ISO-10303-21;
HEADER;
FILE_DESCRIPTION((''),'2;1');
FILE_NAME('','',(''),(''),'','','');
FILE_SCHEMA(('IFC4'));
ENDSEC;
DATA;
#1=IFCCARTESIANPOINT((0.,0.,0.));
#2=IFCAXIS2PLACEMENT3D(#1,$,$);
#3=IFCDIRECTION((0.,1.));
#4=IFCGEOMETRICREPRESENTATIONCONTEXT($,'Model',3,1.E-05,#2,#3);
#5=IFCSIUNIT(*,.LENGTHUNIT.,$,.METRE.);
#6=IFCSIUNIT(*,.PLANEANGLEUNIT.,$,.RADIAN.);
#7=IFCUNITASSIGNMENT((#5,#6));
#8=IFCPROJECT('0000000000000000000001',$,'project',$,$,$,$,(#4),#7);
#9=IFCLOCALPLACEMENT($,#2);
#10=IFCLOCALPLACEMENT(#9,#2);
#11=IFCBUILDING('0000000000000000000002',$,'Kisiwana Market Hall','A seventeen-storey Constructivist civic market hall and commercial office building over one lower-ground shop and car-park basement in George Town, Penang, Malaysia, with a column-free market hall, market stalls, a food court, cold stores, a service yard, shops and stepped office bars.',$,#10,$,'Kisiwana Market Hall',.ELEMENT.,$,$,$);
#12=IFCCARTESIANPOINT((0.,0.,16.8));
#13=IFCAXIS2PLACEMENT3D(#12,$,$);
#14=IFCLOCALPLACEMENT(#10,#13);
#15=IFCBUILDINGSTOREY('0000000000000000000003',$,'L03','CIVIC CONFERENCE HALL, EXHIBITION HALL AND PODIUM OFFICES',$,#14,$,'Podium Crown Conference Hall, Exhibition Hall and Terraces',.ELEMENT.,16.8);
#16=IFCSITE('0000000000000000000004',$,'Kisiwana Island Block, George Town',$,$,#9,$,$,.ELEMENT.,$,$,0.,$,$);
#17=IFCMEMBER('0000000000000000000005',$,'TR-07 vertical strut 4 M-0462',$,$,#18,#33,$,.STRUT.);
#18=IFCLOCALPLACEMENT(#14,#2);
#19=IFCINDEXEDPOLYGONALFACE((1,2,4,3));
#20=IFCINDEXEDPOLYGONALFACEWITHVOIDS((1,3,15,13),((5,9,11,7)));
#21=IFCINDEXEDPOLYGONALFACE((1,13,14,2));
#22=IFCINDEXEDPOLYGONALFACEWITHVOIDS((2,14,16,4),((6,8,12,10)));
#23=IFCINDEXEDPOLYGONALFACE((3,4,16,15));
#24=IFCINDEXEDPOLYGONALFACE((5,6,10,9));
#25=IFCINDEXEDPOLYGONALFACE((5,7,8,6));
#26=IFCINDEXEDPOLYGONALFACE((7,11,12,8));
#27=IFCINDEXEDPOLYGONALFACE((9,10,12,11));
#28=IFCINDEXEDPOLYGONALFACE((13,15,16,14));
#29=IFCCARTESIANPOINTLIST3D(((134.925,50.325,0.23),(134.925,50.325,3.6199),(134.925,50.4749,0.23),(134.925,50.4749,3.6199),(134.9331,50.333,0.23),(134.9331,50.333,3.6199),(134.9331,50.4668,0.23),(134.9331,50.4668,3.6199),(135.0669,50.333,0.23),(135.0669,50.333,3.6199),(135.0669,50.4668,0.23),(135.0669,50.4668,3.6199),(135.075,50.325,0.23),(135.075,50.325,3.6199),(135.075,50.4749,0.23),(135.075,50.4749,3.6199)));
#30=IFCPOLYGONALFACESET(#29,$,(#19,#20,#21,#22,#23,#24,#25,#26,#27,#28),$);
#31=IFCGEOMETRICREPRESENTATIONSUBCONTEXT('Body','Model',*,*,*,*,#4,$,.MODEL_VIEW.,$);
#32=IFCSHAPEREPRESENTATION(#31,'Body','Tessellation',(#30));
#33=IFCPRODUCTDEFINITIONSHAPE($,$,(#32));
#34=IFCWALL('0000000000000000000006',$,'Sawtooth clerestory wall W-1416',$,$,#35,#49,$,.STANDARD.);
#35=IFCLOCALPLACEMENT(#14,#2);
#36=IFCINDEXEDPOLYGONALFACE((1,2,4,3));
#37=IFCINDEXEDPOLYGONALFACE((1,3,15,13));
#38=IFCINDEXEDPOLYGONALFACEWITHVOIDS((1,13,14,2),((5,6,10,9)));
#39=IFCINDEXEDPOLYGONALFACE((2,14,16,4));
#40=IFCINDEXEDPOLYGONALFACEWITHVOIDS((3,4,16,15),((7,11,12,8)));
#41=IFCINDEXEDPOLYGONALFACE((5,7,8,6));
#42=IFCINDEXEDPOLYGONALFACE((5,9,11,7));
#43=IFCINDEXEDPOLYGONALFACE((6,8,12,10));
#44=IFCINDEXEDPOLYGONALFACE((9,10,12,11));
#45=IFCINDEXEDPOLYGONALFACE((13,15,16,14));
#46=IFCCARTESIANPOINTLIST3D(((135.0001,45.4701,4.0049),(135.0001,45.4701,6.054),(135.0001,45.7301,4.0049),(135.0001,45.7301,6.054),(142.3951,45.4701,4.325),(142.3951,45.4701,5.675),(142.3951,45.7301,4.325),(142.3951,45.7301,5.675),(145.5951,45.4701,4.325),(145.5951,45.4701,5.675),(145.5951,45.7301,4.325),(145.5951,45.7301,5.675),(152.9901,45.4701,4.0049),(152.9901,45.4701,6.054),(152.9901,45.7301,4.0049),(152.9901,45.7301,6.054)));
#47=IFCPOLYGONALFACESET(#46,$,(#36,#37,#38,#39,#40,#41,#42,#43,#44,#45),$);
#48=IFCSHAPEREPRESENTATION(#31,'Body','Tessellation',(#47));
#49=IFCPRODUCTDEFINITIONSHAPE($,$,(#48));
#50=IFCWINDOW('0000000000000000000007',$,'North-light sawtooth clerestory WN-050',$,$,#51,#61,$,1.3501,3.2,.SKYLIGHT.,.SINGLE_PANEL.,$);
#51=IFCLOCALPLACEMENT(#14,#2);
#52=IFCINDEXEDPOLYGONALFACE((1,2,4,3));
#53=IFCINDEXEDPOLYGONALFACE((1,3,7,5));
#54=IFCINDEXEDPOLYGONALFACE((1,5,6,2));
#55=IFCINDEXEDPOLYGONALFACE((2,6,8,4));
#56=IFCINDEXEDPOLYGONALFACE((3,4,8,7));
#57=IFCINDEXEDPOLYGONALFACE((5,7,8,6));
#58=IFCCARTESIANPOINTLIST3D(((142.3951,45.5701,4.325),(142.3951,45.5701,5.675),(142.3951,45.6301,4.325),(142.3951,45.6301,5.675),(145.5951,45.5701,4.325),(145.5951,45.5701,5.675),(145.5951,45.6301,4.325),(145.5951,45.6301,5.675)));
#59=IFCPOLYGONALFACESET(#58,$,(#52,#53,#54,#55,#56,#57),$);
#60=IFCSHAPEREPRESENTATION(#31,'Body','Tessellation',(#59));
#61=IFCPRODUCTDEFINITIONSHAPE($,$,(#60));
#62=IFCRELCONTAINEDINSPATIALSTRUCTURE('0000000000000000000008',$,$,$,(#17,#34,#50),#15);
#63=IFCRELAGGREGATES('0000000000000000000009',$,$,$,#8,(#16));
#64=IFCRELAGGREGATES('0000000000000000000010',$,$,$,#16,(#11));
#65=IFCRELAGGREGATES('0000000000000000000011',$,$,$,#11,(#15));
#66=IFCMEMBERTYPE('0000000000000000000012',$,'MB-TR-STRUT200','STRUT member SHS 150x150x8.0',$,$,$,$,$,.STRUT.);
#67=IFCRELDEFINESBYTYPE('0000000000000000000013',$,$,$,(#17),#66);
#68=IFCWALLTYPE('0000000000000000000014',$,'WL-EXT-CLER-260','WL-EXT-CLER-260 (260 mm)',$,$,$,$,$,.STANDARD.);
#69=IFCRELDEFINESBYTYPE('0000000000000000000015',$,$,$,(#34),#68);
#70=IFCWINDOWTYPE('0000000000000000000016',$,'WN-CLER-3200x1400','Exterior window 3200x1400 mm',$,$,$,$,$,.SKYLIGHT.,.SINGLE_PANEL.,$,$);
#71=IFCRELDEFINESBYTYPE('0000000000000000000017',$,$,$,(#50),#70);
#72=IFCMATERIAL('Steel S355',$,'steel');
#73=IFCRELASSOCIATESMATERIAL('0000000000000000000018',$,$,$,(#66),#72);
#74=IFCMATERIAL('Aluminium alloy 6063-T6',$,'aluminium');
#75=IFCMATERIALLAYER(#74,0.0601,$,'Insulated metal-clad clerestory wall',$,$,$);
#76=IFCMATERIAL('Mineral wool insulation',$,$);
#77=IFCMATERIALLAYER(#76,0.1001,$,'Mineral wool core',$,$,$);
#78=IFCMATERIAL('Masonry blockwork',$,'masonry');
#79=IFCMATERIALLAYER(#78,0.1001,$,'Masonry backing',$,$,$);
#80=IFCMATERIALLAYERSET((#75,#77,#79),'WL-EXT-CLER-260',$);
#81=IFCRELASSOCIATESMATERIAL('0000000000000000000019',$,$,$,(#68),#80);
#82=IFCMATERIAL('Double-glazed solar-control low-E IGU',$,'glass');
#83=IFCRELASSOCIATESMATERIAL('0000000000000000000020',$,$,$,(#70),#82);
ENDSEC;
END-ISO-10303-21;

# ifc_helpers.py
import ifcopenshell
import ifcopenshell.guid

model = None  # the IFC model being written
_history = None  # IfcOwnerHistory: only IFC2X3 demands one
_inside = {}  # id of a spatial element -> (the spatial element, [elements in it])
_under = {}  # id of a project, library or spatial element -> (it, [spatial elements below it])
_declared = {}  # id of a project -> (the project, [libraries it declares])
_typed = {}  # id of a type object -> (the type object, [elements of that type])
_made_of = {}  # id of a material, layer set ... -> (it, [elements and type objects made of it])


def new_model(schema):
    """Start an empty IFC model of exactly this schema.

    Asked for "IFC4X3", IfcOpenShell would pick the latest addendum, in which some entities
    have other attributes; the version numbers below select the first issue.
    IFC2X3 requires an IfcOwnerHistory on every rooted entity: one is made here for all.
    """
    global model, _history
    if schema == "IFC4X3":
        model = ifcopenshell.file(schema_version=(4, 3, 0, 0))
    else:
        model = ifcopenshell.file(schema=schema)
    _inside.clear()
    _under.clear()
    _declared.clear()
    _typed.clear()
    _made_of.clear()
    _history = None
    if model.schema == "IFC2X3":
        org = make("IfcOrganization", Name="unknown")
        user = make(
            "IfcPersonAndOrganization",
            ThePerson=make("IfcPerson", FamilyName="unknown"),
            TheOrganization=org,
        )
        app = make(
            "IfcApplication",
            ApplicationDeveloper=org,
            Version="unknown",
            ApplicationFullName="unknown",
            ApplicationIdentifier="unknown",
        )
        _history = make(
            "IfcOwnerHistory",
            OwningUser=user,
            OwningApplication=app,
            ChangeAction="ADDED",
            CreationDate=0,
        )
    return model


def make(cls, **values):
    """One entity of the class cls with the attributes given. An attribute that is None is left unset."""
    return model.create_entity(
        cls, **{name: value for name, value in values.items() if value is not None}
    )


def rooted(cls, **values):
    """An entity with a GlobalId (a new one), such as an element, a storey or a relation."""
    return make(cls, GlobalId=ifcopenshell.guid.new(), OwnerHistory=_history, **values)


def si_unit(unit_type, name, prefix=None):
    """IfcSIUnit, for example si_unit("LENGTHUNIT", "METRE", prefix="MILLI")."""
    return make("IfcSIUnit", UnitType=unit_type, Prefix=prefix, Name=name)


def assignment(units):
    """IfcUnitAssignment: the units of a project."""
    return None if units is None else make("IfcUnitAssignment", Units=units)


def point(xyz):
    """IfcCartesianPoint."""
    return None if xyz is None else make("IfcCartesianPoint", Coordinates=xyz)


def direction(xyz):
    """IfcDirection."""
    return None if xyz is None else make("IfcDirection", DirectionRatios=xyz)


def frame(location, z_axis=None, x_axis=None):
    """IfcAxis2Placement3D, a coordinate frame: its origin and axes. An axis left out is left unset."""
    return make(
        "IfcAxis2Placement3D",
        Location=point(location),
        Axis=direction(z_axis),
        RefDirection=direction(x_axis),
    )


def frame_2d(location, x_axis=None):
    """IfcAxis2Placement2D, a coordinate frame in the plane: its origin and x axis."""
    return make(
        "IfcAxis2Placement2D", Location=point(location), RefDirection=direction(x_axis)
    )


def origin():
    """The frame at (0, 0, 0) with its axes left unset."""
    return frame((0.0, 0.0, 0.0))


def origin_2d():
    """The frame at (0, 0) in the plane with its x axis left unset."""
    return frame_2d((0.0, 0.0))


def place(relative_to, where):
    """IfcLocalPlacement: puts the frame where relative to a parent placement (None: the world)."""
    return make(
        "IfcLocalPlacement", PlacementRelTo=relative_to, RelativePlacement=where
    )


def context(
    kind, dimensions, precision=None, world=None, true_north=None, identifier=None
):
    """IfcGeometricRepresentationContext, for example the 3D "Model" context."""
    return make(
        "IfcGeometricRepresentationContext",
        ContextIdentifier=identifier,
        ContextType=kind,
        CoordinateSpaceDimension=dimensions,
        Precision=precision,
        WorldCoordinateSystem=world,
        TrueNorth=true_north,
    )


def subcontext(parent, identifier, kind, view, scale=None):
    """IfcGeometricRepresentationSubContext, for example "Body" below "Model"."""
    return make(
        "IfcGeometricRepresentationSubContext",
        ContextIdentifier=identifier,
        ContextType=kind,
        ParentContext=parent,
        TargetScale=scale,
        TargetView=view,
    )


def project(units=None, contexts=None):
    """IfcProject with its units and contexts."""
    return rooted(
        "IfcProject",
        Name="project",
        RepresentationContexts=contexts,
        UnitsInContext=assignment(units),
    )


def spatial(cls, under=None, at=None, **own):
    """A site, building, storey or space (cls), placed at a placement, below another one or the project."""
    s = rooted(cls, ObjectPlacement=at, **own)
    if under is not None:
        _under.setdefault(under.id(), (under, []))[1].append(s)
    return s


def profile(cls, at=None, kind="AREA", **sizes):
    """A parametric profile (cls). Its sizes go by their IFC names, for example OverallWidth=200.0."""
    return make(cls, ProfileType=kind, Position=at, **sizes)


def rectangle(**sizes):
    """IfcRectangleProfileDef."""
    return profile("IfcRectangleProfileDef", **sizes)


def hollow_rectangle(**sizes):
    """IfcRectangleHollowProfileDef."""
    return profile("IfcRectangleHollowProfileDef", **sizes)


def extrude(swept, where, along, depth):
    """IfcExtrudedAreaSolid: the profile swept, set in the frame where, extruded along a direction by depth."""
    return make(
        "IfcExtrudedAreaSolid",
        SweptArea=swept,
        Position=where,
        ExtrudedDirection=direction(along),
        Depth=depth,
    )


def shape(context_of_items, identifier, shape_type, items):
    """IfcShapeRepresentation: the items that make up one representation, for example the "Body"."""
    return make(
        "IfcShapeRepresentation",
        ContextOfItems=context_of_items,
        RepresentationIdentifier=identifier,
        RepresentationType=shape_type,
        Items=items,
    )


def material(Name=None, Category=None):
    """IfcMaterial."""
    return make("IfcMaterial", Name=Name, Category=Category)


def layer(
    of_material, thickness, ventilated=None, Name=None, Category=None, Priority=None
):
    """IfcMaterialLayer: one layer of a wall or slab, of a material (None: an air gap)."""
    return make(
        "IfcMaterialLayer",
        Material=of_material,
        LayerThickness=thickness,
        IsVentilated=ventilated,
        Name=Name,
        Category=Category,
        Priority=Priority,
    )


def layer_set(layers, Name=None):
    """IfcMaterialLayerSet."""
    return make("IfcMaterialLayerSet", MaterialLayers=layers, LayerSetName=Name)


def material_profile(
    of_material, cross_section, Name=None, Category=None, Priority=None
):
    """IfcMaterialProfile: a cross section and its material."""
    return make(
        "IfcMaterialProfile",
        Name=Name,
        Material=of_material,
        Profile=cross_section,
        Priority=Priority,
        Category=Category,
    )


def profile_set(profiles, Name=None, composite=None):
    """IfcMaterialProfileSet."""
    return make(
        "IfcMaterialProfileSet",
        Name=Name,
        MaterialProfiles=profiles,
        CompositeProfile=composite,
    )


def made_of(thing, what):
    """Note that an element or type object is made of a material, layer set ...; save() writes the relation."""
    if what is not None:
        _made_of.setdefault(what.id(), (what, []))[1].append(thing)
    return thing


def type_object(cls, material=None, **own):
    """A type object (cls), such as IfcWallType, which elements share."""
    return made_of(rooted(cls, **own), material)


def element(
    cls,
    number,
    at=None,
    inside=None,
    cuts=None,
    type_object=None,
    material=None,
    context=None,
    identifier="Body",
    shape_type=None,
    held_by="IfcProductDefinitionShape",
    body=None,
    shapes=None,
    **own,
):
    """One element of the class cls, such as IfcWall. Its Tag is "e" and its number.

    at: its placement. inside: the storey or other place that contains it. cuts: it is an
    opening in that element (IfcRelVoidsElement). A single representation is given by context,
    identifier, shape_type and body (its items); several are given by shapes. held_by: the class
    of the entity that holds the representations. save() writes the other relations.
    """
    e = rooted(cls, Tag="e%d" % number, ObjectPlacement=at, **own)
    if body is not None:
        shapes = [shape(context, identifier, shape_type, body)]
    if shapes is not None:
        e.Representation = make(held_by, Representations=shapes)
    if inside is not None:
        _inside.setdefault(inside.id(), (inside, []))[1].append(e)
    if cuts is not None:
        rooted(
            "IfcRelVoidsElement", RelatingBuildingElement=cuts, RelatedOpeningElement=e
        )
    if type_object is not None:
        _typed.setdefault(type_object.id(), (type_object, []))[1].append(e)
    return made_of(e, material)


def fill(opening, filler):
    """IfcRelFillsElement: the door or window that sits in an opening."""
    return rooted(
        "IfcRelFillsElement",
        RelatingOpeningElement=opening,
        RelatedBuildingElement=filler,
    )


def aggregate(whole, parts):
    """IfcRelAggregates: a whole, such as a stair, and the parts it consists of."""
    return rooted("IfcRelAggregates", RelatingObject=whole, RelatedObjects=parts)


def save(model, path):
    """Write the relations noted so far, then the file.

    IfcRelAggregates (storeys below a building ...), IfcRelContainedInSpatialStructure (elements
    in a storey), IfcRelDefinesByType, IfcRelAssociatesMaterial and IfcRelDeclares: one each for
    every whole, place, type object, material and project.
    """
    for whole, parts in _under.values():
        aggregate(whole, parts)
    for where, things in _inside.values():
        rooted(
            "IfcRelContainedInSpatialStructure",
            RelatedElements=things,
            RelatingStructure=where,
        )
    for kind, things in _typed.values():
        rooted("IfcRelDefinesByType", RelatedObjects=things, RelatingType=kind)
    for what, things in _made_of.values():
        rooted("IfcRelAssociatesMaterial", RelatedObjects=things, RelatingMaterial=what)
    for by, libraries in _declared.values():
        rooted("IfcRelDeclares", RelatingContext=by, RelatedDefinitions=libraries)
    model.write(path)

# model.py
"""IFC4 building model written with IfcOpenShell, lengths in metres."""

from ifc_helpers import new_model, si_unit, direction, frame, frame_2d, origin, origin_2d, place, context, subcontext, project, spatial, rectangle, hollow_rectangle, extrude, material, layer, layer_set, material_profile, profile_set, type_object, element, fill, save


model = new_model("IFC4")

# Units and contexts
model_context = context("Model", 3, precision=1e-05, world=origin(), true_north=direction((0.0, 1.0)))
body_context = subcontext(model_context, "Body", "Model", "MODEL_VIEW")
ifc_project = project(units=[si_unit("LENGTHUNIT", "METRE"), si_unit("PLANEANGLEUNIT", "RADIAN")], contexts=[model_context])

# Site, building, storey
site_placement = place(None, origin())
site = spatial("IfcSite", under=ifc_project, at=site_placement, Name="Kisiwana Island Block, George Town", CompositionType="ELEMENT", RefElevation=0.0)
building_placement = place(site_placement, origin())
building = spatial("IfcBuilding", under=site, at=building_placement, Name="Kisiwana Market Hall", Description="A seventeen-storey Constructivist civic market hall and commercial office building over one lower-ground shop and car-park basement in George Town, Penang, Malaysia, with a column-free market hall, market stalls, a food court, cold stores, a service yard, shops and stepped office bars.", LongName="Kisiwana Market Hall", CompositionType="ELEMENT")
storey_placement = place(building_placement, frame((0.0, 0.0, 16.8)))
storey = spatial("IfcBuildingStorey", under=building, at=storey_placement, Name="L03", Description="CIVIC CONFERENCE HALL, EXHIBITION HALL AND PODIUM OFFICES", LongName="Podium Crown Conference Hall, Exhibition Hall and Terraces", CompositionType="ELEMENT", Elevation=16.8)

# Member
ifc_material_1 = material(Name="Steel S355", Category="steel")
ifc_material_profile_1 = material_profile(ifc_material_1, hollow_rectangle(XDim=0.1499, YDim=0.1499, WallThickness=0.0081, at=origin_2d()), Name="SHS 150x150x8.0")
ifc_profile_set_1 = profile_set([ifc_material_profile_1], Name="Steel S355")
member_type_1 = type_object("IfcMemberType", Name="MB-TR-STRUT200", Description="STRUT member SHS 150x150x8.0", PredefinedType="STRUT", material=ifc_profile_set_1)
for number, where, z_axis, x_axis, name in (
    (1, (135.0, 50.3999, 0.23), (0.0, 0.0, 1.0), (1.0, 0.0, 0.0), "TR-07 vertical strut 4 M-0462"),
):
    element("IfcMember", number, at=place(storey_placement, frame(where, z_axis=z_axis, x_axis=x_axis)), inside=storey, type_object=member_type_1, Name=name, PredefinedType="STRUT", context=body_context, shape_type="SweptSolid", body=[
        extrude(hollow_rectangle(XDim=0.1499, YDim=0.1499, WallThickness=0.0081, at=origin_2d()), origin(), (0.0, 0.0, 1.0), 3.3899),
    ])

# Wall, opening, window
ifc_material_2 = material(Name="Aluminium alloy 6063-T6", Category="aluminium")
ifc_layer_1 = layer(ifc_material_2, 0.0601, Name="Insulated metal-clad clerestory wall")
ifc_material_3 = material(Name="Mineral wool insulation")
ifc_layer_2 = layer(ifc_material_3, 0.1001, Name="Mineral wool core")
ifc_material_4 = material(Name="Masonry blockwork", Category="masonry")
ifc_layer_3 = layer(ifc_material_4, 0.1001, Name="Masonry backing")
ifc_layer_set = layer_set([ifc_layer_1, ifc_layer_2, ifc_layer_3], Name="WL-EXT-CLER-260")
wall_type = type_object("IfcWallType", Name="WL-EXT-CLER-260", Description="WL-EXT-CLER-260 (260 mm)", PredefinedType="STANDARD", material=ifc_layer_set)
wall_placement = place(storey_placement, frame((135.0, 45.6001, 4.0049), z_axis=(0.0, 0.0, 1.0), x_axis=(1.0, 0.0, 0.0)))
wall = element("IfcWall", 2, at=wall_placement, inside=storey, type_object=wall_type, Name="Sawtooth clerestory wall W-1416", PredefinedType="STANDARD", context=body_context, shape_type="SweptSolid", body=[
    extrude(rectangle(XDim=17.99, YDim=0.26, at=frame_2d((8.9951, 0.0))), origin(), (0.0, 0.0, 1.0), 2.0491),
])
opening_placement = place(wall_placement, frame((7.395, 0.0, 0.3201)))
opening = element("IfcOpeningElement", 3, at=opening_placement, cuts=wall, PredefinedType="OPENING", context=body_context, shape_type="SweptSolid", body=[
    extrude(rectangle(XDim=3.2, YDim=1.3501, at=frame_2d((1.6001, 0.675))), frame((0.0, 0.1421, 0.0), z_axis=(0.0, -1.0, 0.0), x_axis=(1.0, 0.0, 0.0)), (0.0, 0.0, 1.0), 0.2839),
])
ifc_material_5 = material(Name="Double-glazed solar-control low-E IGU", Category="glass")
window_type = type_object("IfcWindowType", Name="WN-CLER-3200x1400", Description="Exterior window 3200x1400 mm", PartitioningType="SINGLE_PANEL", PredefinedType="SKYLIGHT", material=ifc_material_5)
window_placement = place(opening_placement, origin())
window = element("IfcWindow", 4, at=window_placement, inside=storey, type_object=window_type, Name="North-light sawtooth clerestory WN-050", OverallHeight=1.3501, OverallWidth=3.2, PartitioningType="SINGLE_PANEL", PredefinedType="SKYLIGHT", context=body_context, shape_type="SweptSolid", body=[
    extrude(rectangle(XDim=3.2, YDim=1.3501, at=frame_2d((1.6001, 0.675))), frame((0.0, 0.03, 0.0), z_axis=(0.0, -1.0, 0.0), x_axis=(1.0, 0.0, 0.0)), (0.0, 0.0, 1.0), 0.0601),
])
fill(opening, window)

save(model, "model.ifc")
